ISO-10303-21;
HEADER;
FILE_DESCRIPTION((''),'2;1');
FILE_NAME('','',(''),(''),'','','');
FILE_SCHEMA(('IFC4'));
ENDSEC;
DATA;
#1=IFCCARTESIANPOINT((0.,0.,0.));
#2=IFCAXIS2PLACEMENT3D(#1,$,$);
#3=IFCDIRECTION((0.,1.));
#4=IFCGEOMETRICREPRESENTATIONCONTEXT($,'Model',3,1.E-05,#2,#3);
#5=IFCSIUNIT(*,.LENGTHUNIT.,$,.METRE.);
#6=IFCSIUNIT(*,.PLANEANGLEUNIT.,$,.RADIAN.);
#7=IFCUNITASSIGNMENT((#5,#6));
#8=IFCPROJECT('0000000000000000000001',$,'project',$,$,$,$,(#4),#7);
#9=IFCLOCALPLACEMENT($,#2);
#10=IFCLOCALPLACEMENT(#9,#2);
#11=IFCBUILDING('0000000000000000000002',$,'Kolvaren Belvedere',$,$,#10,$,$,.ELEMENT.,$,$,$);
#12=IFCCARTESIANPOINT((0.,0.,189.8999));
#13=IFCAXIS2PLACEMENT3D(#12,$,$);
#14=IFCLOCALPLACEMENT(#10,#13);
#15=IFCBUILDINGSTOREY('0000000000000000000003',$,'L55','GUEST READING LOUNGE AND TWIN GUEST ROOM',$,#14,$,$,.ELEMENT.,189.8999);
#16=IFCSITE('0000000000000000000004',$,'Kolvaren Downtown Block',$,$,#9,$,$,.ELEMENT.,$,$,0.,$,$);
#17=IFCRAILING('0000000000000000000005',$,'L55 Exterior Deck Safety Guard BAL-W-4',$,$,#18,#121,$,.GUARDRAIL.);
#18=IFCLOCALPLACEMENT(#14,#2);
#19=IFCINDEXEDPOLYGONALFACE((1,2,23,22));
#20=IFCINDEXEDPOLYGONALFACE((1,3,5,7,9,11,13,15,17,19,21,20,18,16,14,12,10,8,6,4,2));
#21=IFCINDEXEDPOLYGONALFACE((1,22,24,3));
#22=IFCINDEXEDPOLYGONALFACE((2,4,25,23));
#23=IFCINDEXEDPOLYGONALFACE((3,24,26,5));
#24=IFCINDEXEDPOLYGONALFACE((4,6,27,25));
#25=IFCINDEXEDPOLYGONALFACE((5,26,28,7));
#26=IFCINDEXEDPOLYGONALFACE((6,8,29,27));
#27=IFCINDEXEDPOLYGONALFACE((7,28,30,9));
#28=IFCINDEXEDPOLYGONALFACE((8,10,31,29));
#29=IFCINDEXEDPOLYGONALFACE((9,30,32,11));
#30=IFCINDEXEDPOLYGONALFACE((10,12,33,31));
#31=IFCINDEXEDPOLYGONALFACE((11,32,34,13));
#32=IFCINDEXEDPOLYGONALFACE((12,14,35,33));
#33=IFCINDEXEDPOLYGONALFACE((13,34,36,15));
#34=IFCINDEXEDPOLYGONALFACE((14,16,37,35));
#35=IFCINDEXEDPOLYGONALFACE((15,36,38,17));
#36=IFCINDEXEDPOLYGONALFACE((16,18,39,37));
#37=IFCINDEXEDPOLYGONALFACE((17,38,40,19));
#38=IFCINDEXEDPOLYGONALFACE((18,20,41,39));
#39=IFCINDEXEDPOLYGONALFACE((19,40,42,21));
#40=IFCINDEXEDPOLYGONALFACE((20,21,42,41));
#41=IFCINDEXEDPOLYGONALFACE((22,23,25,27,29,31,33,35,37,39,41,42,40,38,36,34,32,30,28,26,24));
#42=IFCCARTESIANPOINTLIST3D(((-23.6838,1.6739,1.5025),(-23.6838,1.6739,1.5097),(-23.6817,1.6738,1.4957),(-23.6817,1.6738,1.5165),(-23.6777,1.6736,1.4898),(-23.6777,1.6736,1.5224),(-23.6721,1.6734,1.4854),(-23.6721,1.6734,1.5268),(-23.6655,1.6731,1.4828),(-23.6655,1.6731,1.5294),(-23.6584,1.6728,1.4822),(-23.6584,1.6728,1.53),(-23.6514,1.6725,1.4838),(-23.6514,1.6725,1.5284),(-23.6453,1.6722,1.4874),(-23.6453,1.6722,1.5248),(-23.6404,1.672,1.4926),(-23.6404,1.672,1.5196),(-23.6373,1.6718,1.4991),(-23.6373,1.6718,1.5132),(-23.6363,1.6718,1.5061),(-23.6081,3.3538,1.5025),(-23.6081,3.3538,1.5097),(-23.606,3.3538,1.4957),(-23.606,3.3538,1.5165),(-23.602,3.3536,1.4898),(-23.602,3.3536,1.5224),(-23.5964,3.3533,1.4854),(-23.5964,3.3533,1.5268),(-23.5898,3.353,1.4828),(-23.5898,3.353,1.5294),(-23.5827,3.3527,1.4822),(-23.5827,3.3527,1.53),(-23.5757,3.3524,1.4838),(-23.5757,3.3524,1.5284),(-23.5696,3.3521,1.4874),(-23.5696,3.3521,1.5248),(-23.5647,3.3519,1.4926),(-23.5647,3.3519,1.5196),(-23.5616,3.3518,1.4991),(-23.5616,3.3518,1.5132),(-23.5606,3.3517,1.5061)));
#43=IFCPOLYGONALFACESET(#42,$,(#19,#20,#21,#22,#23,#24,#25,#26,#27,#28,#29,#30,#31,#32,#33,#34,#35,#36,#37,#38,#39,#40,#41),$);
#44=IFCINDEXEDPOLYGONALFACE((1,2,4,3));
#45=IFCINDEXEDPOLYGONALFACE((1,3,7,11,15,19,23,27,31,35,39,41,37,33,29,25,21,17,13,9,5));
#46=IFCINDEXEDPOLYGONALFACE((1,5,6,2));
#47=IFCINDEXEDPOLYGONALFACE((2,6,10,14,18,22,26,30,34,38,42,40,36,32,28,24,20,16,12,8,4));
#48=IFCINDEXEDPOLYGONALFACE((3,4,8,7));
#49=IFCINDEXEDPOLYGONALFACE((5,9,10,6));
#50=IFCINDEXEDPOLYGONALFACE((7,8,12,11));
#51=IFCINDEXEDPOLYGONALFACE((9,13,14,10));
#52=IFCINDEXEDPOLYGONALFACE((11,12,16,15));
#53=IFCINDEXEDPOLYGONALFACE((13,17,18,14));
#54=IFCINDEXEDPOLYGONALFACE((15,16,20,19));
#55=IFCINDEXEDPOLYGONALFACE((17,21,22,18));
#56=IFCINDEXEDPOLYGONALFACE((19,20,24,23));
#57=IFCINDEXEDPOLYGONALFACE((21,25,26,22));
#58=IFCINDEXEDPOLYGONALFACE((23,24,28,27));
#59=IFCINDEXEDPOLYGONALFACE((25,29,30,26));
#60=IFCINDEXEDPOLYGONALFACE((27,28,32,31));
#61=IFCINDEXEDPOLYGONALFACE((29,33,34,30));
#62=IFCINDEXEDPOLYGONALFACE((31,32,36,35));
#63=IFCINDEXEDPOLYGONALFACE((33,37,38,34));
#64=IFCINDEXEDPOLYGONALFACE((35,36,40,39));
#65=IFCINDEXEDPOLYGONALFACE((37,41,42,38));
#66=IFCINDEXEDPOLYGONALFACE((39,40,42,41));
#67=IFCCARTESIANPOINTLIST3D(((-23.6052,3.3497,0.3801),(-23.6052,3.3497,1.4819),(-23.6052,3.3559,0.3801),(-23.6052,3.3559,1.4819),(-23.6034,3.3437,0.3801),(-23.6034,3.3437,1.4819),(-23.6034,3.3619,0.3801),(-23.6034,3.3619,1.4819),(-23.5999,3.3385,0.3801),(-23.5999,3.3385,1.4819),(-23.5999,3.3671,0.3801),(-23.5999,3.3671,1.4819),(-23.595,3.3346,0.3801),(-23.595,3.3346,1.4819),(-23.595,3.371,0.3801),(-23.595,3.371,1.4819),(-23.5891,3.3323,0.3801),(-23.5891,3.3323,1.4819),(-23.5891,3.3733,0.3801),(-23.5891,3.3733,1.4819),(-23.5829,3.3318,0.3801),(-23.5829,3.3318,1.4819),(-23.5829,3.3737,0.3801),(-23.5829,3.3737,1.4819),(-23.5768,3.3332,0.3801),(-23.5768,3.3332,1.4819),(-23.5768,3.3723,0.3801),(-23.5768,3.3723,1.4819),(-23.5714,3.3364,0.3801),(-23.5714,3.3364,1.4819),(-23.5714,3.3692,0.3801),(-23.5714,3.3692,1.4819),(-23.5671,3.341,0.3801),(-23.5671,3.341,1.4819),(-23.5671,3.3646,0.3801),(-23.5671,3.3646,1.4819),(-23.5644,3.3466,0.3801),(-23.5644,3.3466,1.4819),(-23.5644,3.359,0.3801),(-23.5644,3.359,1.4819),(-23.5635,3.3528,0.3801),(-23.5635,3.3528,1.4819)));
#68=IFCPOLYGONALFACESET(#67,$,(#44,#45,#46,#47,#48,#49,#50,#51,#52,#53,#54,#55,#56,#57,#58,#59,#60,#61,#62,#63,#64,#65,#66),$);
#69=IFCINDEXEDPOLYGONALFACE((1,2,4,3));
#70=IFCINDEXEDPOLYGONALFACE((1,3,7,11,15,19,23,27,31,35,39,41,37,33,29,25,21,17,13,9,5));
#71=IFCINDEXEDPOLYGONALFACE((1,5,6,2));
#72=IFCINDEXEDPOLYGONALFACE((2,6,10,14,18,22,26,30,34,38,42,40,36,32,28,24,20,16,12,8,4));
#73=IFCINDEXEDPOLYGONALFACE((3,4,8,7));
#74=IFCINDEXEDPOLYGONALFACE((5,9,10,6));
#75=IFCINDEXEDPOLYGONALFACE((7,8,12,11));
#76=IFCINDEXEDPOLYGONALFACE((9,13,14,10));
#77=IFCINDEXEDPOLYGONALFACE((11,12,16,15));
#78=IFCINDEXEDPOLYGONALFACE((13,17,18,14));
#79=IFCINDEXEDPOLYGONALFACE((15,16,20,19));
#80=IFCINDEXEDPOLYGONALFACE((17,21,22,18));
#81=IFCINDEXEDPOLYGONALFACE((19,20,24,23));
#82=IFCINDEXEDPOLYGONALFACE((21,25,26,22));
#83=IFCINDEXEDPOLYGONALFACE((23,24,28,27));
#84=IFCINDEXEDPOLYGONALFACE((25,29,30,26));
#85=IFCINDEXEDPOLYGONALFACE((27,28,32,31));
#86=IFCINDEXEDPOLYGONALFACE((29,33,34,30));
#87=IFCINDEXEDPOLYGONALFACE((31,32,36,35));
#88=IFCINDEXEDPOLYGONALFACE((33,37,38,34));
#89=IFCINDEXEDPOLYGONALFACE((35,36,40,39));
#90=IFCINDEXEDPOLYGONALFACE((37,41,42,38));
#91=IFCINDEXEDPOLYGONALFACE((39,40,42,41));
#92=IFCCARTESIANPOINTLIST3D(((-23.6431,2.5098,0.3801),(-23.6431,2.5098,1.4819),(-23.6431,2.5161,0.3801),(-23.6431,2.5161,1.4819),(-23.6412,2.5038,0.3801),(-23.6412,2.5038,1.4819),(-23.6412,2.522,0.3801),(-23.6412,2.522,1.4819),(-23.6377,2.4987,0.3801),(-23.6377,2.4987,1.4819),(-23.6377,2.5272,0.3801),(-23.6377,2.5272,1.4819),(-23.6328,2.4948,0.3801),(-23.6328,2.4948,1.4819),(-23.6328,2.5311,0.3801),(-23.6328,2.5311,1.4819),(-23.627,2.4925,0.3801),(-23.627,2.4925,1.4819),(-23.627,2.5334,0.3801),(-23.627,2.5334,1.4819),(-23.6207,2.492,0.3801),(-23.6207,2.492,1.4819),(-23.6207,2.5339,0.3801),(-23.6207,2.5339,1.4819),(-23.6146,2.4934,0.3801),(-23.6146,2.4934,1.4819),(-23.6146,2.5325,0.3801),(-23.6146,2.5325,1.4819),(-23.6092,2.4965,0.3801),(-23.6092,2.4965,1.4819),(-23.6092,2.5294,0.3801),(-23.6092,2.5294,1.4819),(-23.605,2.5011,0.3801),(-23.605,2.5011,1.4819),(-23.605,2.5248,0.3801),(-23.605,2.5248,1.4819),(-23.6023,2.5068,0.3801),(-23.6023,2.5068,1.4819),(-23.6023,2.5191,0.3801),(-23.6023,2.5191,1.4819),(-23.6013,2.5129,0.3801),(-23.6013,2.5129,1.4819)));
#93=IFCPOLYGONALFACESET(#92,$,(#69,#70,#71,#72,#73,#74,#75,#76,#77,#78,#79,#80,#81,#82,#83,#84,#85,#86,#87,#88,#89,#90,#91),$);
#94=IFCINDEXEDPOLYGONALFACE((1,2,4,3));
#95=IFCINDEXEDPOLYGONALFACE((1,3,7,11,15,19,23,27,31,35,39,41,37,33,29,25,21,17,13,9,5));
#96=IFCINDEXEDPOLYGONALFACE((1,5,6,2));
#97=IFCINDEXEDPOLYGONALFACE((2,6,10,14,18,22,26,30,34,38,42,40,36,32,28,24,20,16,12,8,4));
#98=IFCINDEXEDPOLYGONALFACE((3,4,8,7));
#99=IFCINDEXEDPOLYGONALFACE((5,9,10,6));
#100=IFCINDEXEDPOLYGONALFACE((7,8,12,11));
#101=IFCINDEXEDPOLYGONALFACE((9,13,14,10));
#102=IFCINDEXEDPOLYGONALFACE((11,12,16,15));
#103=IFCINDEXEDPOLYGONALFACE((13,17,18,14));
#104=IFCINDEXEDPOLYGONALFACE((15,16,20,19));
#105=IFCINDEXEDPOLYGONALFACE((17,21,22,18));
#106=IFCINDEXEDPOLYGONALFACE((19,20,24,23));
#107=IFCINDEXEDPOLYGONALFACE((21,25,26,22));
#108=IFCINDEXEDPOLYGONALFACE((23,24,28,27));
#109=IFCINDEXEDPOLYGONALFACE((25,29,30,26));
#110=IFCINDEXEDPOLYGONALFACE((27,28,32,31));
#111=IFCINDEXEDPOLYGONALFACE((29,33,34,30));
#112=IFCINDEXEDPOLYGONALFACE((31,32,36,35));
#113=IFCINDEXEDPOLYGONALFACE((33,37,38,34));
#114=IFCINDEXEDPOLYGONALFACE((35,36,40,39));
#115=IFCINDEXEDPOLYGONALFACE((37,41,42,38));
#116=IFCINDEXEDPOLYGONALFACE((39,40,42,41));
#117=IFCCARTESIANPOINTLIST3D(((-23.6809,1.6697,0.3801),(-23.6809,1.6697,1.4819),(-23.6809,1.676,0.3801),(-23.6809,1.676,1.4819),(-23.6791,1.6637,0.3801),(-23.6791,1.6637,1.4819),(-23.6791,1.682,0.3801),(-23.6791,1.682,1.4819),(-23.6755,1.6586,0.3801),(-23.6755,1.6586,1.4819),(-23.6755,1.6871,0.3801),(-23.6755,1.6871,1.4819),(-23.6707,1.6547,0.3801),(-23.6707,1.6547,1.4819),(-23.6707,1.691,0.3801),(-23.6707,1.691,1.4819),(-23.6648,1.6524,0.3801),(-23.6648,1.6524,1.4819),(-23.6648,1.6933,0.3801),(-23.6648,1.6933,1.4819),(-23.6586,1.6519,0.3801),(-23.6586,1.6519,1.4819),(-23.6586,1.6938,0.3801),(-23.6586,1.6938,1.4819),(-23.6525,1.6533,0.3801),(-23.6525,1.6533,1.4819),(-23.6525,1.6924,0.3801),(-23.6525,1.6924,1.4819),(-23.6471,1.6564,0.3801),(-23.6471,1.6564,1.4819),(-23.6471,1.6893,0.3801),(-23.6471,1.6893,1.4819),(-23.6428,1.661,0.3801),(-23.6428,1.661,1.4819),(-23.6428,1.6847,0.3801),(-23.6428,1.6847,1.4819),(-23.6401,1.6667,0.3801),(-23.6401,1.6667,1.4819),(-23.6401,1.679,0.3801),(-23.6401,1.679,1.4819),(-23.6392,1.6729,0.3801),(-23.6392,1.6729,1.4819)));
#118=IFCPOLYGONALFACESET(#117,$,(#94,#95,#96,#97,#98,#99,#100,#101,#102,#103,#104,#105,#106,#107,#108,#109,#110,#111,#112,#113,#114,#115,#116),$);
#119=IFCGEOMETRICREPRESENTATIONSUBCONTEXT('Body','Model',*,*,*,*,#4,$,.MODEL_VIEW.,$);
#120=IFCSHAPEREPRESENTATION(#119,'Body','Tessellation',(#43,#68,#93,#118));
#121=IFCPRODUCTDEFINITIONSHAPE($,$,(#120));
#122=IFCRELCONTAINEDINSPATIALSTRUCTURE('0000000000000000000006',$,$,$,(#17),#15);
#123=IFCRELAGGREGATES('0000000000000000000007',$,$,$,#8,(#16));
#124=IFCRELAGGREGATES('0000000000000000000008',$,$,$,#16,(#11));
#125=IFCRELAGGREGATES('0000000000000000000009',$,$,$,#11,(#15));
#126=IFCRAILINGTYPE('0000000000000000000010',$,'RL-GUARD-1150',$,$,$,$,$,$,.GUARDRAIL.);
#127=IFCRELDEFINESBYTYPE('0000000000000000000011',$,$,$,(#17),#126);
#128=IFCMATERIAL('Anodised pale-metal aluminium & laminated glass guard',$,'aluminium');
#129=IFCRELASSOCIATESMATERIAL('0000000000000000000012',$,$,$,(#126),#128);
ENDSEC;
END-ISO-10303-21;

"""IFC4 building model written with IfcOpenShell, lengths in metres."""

from ifc_helpers import new_model, si_unit, direction, frame, origin, origin_2d, place, context, subcontext, project, spatial, circle, extrude, material, type_object, element, save


model = new_model("IFC4")

# Units and contexts
model_context = context("Model", 3, precision=1e-05, world=origin(), true_north=direction((0.0, 1.0)))
body_context = subcontext(model_context, "Body", "Model", "MODEL_VIEW")
ifc_project = project(units=[si_unit("LENGTHUNIT", "METRE"), si_unit("PLANEANGLEUNIT", "RADIAN")], contexts=[model_context])

# Site, building, storey
site_placement = place(None, origin())
site = spatial("IfcSite", under=ifc_project, at=site_placement, Name="Kolvaren Downtown Block", CompositionType="ELEMENT", RefElevation=0.0)
building_placement = place(site_placement, origin())
building = spatial("IfcBuilding", under=site, at=building_placement, Name="Kolvaren Belvedere", CompositionType="ELEMENT")
storey_placement = place(building_placement, frame((0.0, 0.0, 189.8999)))
storey = spatial("IfcBuildingStorey", under=building, at=storey_placement, Name="L55", Description="GUEST READING LOUNGE AND TWIN GUEST ROOM", CompositionType="ELEMENT", Elevation=189.8999)

# Railing
ifc_material_1 = material(Name="Anodised pale-metal aluminium & laminated glass guard", Category="aluminium")
railing_type = type_object("IfcRailingType", Name="RL-GUARD-1150", PredefinedType="GUARDRAIL", material=ifc_material_1)
railing_1_placement = place(storey_placement, frame((-23.5845, 3.3528, 0.3801)))
element("IfcRailing", 1, at=railing_1_placement, inside=storey, type_object=railing_type, Name="L55 Exterior Deck Safety Guard BAL-W-4", PredefinedType="GUARDRAIL", context=body_context, shape_type="SweptSolid", body=[
    extrude(circle(Radius=0.0239, at=origin_2d()), frame((0.0, 0.0, 1.126), z_axis=(-0.045006, -0.998987, 0.0), x_axis=(0.998987, -0.045006, 0.0)), (0.0, 0.0, 1.0), 1.6816),
    extrude(circle(Radius=0.021, at=origin_2d()), origin(), (0.0, 0.0, 1.0), 1.1018),
    extrude(circle(Radius=0.021, at=origin_2d()), frame((-0.0378, -0.8398, 0.0)), (0.0, 0.0, 1.0), 1.1018),
    extrude(circle(Radius=0.021, at=origin_2d()), frame((-0.0757, -1.6799, 0.0)), (0.0, 0.0, 1.0), 1.1018),
])

save(model, "model.ifc")
